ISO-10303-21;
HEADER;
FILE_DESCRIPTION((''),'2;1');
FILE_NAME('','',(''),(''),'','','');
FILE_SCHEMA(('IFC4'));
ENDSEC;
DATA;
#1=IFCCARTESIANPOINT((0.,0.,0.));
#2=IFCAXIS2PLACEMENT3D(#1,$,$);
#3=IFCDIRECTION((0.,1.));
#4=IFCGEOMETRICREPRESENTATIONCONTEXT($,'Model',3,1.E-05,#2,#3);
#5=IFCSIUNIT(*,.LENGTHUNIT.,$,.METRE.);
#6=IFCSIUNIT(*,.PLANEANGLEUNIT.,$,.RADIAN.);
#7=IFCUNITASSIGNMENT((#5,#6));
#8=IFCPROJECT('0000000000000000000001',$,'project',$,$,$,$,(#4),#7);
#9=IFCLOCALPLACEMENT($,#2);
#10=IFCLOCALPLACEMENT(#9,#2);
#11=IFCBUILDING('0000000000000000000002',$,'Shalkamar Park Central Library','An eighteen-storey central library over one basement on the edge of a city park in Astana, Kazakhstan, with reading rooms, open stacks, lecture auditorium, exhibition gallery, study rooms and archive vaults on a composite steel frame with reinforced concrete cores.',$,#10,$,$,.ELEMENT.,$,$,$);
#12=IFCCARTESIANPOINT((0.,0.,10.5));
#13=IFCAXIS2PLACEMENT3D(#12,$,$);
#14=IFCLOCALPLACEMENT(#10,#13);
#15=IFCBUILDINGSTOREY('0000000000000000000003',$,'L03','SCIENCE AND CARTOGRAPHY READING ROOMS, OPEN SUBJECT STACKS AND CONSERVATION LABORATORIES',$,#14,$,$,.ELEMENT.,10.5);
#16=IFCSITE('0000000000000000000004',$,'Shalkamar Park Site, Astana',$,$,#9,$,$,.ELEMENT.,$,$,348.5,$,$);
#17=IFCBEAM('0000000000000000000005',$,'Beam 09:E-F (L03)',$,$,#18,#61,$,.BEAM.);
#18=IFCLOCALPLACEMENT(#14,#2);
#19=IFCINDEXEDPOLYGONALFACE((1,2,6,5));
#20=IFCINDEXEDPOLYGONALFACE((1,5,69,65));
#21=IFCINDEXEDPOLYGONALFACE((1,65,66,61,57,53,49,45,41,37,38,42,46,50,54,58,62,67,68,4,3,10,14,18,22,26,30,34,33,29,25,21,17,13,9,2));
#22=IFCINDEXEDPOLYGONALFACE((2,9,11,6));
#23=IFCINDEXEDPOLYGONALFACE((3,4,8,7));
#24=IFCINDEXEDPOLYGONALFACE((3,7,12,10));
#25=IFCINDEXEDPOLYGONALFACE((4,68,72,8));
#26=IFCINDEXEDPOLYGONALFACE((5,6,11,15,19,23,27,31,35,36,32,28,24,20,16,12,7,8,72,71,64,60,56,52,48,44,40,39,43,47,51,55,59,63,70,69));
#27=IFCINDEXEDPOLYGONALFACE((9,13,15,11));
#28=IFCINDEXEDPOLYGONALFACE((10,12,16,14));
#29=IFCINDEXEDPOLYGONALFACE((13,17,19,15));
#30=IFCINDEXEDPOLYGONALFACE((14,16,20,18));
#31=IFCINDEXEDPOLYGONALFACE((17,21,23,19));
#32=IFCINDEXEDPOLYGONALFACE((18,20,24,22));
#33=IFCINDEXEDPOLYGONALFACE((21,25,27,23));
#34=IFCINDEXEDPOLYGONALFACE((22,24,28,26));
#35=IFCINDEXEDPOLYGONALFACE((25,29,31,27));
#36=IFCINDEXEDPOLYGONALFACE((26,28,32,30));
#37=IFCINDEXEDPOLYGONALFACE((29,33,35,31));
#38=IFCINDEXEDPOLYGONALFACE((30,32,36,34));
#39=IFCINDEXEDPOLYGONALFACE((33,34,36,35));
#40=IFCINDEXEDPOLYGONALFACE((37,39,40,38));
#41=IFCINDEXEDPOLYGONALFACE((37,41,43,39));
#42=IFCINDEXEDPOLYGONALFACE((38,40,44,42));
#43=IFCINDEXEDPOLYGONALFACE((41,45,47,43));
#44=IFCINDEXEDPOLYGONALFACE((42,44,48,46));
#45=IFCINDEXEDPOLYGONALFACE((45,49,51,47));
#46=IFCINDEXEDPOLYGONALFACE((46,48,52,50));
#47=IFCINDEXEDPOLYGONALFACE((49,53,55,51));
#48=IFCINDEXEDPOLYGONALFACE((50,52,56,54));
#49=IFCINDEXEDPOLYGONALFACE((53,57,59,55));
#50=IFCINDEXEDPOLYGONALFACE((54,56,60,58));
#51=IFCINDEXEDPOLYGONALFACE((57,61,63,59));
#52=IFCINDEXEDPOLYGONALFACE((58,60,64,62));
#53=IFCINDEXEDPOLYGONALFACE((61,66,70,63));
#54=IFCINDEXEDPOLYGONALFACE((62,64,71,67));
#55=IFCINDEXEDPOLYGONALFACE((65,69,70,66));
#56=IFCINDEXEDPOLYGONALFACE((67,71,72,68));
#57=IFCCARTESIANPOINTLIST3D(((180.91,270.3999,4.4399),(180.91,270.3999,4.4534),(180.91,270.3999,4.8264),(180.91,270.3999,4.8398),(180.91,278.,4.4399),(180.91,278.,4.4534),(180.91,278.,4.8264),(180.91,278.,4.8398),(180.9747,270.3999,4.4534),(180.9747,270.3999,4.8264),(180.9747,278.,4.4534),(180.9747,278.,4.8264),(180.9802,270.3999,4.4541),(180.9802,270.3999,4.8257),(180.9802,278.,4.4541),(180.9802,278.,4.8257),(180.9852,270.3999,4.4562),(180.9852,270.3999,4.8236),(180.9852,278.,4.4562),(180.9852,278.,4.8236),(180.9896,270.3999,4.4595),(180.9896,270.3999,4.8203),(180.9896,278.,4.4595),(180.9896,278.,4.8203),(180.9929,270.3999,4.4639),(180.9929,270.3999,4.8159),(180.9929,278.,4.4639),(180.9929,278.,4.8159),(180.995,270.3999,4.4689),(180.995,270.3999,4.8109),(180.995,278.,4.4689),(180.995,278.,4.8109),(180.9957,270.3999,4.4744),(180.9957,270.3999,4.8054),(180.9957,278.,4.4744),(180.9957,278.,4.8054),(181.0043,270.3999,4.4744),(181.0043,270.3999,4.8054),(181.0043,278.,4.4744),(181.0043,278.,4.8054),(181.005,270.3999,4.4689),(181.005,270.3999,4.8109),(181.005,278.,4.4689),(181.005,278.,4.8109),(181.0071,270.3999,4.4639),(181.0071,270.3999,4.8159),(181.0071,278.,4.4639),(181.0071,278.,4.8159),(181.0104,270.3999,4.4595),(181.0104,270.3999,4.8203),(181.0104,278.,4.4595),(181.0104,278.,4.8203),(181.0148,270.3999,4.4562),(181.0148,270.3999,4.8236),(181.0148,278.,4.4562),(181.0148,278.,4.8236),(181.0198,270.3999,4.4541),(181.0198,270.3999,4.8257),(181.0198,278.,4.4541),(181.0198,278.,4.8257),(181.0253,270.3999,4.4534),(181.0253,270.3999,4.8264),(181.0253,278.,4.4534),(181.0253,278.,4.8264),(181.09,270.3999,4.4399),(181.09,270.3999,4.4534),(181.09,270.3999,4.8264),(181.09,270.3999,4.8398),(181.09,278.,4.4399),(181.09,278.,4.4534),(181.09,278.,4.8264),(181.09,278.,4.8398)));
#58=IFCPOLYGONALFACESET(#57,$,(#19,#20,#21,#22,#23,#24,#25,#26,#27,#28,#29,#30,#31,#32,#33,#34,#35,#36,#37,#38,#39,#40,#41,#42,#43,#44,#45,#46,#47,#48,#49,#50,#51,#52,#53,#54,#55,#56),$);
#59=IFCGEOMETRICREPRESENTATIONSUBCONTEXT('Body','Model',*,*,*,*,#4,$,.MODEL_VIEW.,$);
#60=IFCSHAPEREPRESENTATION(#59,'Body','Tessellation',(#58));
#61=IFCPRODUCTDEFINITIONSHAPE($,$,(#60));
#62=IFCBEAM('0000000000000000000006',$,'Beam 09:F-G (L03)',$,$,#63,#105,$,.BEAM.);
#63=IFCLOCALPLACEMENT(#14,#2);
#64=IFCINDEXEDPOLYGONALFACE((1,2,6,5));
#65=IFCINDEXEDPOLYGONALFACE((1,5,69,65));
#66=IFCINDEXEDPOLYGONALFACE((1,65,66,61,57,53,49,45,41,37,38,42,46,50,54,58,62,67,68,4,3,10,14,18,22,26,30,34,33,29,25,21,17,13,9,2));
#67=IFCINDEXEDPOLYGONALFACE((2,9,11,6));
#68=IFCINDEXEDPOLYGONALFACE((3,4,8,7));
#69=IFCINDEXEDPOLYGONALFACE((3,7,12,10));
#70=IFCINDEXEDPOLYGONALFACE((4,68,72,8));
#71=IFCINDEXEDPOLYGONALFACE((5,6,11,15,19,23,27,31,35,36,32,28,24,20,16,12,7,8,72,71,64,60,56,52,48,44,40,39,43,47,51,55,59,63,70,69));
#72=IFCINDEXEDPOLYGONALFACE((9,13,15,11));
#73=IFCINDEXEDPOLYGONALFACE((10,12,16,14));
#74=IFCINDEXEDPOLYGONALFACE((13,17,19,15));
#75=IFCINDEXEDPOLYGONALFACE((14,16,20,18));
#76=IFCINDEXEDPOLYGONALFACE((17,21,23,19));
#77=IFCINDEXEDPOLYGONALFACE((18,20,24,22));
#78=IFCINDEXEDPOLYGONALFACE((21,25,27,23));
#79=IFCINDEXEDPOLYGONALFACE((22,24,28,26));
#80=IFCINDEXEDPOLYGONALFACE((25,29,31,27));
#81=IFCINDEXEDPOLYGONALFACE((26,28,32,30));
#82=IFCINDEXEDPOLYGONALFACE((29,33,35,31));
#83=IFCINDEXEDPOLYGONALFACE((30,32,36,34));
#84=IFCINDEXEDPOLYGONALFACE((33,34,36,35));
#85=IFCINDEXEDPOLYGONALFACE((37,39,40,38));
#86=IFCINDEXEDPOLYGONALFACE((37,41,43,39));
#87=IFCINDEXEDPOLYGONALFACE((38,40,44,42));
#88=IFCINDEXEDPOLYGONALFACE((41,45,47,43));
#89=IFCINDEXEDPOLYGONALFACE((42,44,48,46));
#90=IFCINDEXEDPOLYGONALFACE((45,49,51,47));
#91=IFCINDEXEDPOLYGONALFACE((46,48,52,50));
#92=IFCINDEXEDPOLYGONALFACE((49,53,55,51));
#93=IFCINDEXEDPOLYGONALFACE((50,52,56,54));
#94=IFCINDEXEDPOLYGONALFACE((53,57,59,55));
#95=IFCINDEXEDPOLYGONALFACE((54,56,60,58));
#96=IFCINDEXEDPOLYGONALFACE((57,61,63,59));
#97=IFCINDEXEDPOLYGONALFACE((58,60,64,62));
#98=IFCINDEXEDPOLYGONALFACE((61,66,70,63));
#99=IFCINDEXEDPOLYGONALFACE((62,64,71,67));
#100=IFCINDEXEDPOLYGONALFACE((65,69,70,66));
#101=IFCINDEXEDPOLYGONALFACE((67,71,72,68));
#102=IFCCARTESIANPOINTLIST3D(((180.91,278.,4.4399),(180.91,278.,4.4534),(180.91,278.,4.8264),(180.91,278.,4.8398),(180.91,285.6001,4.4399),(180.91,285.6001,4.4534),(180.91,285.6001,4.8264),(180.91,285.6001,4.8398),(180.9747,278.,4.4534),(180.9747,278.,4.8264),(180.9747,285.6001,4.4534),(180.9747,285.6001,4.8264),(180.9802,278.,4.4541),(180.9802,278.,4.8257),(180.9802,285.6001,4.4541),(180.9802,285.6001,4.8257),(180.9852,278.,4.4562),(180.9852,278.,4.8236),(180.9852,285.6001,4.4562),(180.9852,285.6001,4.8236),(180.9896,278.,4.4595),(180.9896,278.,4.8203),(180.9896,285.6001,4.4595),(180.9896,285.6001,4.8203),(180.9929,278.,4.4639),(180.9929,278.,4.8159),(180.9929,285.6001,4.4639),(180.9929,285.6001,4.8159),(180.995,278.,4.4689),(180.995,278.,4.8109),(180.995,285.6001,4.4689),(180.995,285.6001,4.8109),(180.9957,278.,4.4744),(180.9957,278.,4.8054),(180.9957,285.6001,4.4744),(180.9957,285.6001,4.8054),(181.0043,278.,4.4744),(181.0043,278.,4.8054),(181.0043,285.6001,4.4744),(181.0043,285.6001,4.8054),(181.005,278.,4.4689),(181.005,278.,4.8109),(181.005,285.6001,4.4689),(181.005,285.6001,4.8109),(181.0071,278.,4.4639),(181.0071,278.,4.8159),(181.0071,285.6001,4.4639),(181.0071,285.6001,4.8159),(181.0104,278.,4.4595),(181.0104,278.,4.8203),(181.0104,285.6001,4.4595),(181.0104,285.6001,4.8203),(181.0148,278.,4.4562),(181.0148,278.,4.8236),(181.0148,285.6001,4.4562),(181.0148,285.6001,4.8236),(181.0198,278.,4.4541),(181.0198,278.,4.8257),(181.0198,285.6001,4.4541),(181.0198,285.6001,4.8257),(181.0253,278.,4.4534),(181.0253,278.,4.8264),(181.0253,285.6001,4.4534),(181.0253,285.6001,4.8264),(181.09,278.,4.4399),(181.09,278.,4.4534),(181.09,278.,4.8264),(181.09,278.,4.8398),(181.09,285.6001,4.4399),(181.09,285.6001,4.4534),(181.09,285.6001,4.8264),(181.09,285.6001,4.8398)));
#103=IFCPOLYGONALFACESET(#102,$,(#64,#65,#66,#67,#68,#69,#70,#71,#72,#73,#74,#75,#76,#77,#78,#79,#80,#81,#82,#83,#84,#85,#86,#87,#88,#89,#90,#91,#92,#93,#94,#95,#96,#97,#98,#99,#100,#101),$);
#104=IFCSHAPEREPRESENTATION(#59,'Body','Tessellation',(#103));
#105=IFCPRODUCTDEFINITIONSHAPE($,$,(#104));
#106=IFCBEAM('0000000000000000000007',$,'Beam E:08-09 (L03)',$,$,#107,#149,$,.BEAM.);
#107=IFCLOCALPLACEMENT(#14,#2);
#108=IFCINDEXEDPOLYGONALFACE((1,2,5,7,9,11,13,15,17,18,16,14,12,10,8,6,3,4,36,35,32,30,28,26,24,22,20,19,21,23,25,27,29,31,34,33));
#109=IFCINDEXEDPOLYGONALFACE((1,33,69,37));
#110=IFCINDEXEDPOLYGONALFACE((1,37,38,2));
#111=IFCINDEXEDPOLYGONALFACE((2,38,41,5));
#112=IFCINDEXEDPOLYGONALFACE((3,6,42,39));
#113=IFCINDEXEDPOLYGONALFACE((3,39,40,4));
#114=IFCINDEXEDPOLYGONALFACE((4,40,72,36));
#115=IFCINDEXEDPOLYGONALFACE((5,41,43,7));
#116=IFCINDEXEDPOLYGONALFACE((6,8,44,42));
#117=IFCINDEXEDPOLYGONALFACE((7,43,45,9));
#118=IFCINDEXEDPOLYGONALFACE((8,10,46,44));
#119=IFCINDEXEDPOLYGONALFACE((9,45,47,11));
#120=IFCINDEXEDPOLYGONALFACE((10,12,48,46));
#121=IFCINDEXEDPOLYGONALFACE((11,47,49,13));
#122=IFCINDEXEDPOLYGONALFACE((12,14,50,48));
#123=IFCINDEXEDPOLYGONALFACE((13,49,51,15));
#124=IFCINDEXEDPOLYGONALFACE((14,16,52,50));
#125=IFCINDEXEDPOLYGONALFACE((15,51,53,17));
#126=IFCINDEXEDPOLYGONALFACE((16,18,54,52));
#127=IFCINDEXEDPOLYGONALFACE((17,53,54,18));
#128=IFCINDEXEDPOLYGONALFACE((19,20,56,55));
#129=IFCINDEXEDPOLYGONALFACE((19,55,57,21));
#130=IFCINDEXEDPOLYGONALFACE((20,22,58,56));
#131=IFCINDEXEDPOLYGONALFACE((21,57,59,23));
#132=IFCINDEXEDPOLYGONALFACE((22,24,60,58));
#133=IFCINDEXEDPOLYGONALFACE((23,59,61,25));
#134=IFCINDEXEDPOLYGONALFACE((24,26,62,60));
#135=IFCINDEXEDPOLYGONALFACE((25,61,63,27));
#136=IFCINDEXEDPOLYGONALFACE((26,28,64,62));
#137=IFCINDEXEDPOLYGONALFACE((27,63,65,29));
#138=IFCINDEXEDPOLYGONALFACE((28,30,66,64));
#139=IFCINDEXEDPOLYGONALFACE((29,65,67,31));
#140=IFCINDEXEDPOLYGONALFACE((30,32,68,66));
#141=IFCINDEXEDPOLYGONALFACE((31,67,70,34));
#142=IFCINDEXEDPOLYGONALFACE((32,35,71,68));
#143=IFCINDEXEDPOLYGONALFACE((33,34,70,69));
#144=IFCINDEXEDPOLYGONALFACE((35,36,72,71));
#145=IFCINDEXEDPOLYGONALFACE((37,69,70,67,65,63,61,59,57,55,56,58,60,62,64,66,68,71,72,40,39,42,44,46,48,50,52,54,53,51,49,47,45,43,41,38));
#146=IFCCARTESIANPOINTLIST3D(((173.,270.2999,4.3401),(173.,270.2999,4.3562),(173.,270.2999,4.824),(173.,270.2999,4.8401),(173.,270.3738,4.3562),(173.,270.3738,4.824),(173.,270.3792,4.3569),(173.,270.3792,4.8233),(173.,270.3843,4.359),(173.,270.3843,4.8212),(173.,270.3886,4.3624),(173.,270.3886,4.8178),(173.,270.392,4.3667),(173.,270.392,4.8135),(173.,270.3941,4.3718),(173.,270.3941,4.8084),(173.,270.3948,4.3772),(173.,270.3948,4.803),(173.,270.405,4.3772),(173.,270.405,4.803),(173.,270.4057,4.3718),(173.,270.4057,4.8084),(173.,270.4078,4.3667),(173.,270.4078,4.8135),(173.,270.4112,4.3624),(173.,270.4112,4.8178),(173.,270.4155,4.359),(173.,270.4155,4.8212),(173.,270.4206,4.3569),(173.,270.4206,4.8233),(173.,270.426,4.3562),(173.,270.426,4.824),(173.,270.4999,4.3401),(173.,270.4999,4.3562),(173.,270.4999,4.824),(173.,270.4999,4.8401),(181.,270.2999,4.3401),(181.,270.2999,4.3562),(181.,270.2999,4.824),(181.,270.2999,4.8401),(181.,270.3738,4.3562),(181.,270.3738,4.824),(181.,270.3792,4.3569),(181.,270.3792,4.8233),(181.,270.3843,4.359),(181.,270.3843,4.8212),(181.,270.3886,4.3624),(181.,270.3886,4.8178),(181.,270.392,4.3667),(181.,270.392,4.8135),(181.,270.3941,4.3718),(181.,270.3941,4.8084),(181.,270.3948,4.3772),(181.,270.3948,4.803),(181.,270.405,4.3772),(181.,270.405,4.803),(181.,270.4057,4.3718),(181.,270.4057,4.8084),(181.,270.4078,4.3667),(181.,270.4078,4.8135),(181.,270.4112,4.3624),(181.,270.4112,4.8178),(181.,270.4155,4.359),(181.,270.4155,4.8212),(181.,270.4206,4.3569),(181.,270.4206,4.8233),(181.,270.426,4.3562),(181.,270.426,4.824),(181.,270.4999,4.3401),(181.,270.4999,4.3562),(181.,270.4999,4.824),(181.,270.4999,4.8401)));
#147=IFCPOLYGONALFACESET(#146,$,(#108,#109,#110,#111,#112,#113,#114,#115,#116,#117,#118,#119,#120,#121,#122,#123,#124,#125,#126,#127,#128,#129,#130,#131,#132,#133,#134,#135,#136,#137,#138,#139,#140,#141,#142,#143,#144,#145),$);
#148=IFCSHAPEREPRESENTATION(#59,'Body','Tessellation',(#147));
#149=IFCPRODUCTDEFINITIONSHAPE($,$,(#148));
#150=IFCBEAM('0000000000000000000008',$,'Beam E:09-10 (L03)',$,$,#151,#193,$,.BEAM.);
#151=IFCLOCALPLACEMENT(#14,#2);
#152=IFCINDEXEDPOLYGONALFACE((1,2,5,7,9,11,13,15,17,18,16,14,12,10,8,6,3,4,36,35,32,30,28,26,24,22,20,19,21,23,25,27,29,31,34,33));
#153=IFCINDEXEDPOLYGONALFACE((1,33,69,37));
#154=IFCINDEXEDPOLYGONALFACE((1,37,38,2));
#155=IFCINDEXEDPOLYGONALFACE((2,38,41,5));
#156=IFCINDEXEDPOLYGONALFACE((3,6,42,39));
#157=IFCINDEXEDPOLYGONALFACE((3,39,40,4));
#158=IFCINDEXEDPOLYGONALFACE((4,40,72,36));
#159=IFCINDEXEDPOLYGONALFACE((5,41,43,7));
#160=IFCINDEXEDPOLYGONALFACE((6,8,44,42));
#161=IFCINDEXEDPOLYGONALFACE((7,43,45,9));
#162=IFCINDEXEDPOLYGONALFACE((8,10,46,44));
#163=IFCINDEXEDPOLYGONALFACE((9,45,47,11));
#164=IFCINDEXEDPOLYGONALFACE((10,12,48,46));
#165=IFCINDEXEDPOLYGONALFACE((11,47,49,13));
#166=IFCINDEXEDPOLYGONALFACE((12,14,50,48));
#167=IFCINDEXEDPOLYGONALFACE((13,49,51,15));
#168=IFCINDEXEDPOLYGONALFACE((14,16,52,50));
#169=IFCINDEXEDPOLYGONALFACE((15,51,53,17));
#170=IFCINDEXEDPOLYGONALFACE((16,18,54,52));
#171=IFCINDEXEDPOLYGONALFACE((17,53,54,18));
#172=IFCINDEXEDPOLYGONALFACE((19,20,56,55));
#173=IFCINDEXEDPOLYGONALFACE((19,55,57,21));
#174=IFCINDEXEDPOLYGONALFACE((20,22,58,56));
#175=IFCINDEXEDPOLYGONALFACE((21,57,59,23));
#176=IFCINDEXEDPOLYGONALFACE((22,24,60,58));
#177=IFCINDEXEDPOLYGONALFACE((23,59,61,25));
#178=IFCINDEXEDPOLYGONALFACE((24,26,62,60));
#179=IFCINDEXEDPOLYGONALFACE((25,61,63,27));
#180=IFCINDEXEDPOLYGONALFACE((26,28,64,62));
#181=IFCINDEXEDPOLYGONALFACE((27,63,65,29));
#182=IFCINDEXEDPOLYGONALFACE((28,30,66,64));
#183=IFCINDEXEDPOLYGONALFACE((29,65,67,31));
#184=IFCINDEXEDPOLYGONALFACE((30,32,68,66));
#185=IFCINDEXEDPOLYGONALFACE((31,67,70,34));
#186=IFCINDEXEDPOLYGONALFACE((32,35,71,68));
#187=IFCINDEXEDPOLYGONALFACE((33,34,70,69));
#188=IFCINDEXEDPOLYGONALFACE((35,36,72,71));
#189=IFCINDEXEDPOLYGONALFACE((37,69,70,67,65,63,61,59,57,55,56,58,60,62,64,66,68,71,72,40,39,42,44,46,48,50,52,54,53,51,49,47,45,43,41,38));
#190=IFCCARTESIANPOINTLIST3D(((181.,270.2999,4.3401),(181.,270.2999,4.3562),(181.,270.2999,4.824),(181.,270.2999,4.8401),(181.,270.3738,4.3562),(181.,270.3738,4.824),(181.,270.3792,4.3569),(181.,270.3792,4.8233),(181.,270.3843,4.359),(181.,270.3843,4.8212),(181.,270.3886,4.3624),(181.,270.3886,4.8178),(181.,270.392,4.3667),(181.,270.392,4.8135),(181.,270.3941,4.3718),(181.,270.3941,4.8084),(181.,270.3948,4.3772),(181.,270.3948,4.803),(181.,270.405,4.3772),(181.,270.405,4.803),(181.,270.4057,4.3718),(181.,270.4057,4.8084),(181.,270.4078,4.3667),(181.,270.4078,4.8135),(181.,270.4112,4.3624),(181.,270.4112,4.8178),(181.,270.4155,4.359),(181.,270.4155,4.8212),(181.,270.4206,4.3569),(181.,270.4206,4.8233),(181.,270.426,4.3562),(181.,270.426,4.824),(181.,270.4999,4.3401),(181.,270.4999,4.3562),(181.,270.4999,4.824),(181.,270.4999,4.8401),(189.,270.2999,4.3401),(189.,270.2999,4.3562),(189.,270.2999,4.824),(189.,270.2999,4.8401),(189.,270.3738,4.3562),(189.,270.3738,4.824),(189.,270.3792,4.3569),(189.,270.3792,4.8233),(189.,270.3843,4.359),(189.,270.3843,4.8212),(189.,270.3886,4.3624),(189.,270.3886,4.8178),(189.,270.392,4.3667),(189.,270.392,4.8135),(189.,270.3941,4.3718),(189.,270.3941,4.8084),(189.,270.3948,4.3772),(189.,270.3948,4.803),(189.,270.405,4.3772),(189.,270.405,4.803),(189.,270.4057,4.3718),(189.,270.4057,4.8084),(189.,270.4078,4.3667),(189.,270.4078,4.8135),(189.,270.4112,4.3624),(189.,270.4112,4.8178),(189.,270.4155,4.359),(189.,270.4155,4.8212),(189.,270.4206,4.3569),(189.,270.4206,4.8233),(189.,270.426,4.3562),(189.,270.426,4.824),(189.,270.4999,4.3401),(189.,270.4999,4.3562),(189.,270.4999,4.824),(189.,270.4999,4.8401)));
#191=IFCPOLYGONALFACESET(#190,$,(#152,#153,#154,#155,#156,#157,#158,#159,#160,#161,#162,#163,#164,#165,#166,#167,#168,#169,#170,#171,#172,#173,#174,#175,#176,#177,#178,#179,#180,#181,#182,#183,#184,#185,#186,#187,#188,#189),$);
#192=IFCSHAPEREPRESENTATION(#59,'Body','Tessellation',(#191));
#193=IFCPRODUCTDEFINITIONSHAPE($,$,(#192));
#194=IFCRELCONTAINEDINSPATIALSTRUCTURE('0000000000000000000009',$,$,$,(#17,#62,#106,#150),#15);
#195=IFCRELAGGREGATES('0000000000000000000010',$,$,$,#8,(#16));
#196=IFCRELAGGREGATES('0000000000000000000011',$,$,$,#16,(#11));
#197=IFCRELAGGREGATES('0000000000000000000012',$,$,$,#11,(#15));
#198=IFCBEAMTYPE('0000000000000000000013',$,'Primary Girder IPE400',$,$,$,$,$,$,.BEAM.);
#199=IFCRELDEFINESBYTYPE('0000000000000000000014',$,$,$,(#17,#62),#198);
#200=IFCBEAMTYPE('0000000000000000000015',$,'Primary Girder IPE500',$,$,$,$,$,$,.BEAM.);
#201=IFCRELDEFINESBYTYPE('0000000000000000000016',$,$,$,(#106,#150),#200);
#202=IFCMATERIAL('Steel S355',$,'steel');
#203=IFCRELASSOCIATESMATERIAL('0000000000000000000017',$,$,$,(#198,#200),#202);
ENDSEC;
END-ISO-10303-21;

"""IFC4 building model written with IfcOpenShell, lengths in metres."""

from ifc_helpers import new_model, si_unit, direction, frame, origin, origin_2d, place, context, subcontext, project, spatial, i_section, extrude, material, material_profile, profile_set, type_object, element, save


model = new_model("IFC4")

# Units and contexts
model_context = context("Model", 3, precision=1e-05, world=origin(), true_north=direction((0.0, 1.0)))
body_context = subcontext(model_context, "Body", "Model", "MODEL_VIEW")
ifc_project = project(units=[si_unit("LENGTHUNIT", "METRE"), si_unit("PLANEANGLEUNIT", "RADIAN")], contexts=[model_context])

# Site, building, storey
site_placement = place(None, origin())
site = spatial("IfcSite", under=ifc_project, at=site_placement, Name="Shalkamar Park Site, Astana", CompositionType="ELEMENT", RefElevation=348.5)
building_placement = place(site_placement, origin())
building = spatial("IfcBuilding", under=site, at=building_placement, Name="Shalkamar Park Central Library", Description="An eighteen-storey central library over one basement on the edge of a city park in Astana, Kazakhstan, with reading rooms, open stacks, lecture auditorium, exhibition gallery, study rooms and archive vaults on a composite steel frame with reinforced concrete cores.", CompositionType="ELEMENT")
storey_placement = place(building_placement, frame((0.0, 0.0, 10.5)))
storey = spatial("IfcBuildingStorey", under=building, at=storey_placement, Name="L03", Description="SCIENCE AND CARTOGRAPHY READING ROOMS, OPEN SUBJECT STACKS AND CONSERVATION LABORATORIES", CompositionType="ELEMENT", Elevation=10.5)

# Shared definitions
ifc_material = material(Name="Steel S355", Category="steel")

# Beams
ifc_material_profile_1 = material_profile(ifc_material, i_section(OverallWidth=0.1799, OverallDepth=0.3999, WebThickness=0.0085, FlangeThickness=0.0134, FilletRadius=0.021, at=origin_2d()), Name="IPE 400")
ifc_profile_set_1 = profile_set([ifc_material_profile_1], Name="Steel S355")
beam_type_1 = type_object("IfcBeamType", Name="Primary Girder IPE400", PredefinedType="BEAM", material=ifc_profile_set_1)
for number, where, z_axis, x_axis, name in (
    (1, (181.0, 270.3999, 4.6399), (0.0, 1.0, 0.0), (-1.0, 0.0, 0.0), "Beam 09:E-F (L03)"),
    (2, (181.0, 278.0, 4.6399), (0.0, 1.0, 0.0), (-1.0, 0.0, 0.0), "Beam 09:F-G (L03)"),
):
    element("IfcBeam", number, at=place(storey_placement, frame(where, z_axis=z_axis, x_axis=x_axis)), inside=storey, type_object=beam_type_1, Name=name, PredefinedType="BEAM", context=body_context, shape_type="SweptSolid", body=[
        extrude(i_section(OverallWidth=0.1799, OverallDepth=0.3999, WebThickness=0.0085, FlangeThickness=0.0134, FilletRadius=0.021, at=origin_2d()), origin(), (0.0, 0.0, 1.0), 7.6001),
    ])
ifc_material_profile_2 = material_profile(ifc_material, i_section(OverallWidth=0.2, OverallDepth=0.5, WebThickness=0.0103, FlangeThickness=0.0161, FilletRadius=0.021, at=origin_2d()), Name="IPE 500")
ifc_profile_set_2 = profile_set([ifc_material_profile_2], Name="Steel S355")
beam_type_2 = type_object("IfcBeamType", Name="Primary Girder IPE500", PredefinedType="BEAM", material=ifc_profile_set_2)
for number, where, z_axis, x_axis, name in (
    (3, (173.0, 270.3999, 4.5901), (1.0, 0.0, 0.0), (0.0, 1.0, 0.0), "Beam E:08-09 (L03)"),
    (4, (181.0, 270.3999, 4.5901), (1.0, 0.0, 0.0), (0.0, 1.0, 0.0), "Beam E:09-10 (L03)"),
):
    element("IfcBeam", number, at=place(storey_placement, frame(where, z_axis=z_axis, x_axis=x_axis)), inside=storey, type_object=beam_type_2, Name=name, PredefinedType="BEAM", context=body_context, shape_type="SweptSolid", body=[
        extrude(i_section(OverallWidth=0.2, OverallDepth=0.5, WebThickness=0.0103, FlangeThickness=0.0161, FilletRadius=0.021, at=origin_2d()), origin(), (0.0, 0.0, 1.0), 8.0),
    ])

save(model, "model.ifc")
